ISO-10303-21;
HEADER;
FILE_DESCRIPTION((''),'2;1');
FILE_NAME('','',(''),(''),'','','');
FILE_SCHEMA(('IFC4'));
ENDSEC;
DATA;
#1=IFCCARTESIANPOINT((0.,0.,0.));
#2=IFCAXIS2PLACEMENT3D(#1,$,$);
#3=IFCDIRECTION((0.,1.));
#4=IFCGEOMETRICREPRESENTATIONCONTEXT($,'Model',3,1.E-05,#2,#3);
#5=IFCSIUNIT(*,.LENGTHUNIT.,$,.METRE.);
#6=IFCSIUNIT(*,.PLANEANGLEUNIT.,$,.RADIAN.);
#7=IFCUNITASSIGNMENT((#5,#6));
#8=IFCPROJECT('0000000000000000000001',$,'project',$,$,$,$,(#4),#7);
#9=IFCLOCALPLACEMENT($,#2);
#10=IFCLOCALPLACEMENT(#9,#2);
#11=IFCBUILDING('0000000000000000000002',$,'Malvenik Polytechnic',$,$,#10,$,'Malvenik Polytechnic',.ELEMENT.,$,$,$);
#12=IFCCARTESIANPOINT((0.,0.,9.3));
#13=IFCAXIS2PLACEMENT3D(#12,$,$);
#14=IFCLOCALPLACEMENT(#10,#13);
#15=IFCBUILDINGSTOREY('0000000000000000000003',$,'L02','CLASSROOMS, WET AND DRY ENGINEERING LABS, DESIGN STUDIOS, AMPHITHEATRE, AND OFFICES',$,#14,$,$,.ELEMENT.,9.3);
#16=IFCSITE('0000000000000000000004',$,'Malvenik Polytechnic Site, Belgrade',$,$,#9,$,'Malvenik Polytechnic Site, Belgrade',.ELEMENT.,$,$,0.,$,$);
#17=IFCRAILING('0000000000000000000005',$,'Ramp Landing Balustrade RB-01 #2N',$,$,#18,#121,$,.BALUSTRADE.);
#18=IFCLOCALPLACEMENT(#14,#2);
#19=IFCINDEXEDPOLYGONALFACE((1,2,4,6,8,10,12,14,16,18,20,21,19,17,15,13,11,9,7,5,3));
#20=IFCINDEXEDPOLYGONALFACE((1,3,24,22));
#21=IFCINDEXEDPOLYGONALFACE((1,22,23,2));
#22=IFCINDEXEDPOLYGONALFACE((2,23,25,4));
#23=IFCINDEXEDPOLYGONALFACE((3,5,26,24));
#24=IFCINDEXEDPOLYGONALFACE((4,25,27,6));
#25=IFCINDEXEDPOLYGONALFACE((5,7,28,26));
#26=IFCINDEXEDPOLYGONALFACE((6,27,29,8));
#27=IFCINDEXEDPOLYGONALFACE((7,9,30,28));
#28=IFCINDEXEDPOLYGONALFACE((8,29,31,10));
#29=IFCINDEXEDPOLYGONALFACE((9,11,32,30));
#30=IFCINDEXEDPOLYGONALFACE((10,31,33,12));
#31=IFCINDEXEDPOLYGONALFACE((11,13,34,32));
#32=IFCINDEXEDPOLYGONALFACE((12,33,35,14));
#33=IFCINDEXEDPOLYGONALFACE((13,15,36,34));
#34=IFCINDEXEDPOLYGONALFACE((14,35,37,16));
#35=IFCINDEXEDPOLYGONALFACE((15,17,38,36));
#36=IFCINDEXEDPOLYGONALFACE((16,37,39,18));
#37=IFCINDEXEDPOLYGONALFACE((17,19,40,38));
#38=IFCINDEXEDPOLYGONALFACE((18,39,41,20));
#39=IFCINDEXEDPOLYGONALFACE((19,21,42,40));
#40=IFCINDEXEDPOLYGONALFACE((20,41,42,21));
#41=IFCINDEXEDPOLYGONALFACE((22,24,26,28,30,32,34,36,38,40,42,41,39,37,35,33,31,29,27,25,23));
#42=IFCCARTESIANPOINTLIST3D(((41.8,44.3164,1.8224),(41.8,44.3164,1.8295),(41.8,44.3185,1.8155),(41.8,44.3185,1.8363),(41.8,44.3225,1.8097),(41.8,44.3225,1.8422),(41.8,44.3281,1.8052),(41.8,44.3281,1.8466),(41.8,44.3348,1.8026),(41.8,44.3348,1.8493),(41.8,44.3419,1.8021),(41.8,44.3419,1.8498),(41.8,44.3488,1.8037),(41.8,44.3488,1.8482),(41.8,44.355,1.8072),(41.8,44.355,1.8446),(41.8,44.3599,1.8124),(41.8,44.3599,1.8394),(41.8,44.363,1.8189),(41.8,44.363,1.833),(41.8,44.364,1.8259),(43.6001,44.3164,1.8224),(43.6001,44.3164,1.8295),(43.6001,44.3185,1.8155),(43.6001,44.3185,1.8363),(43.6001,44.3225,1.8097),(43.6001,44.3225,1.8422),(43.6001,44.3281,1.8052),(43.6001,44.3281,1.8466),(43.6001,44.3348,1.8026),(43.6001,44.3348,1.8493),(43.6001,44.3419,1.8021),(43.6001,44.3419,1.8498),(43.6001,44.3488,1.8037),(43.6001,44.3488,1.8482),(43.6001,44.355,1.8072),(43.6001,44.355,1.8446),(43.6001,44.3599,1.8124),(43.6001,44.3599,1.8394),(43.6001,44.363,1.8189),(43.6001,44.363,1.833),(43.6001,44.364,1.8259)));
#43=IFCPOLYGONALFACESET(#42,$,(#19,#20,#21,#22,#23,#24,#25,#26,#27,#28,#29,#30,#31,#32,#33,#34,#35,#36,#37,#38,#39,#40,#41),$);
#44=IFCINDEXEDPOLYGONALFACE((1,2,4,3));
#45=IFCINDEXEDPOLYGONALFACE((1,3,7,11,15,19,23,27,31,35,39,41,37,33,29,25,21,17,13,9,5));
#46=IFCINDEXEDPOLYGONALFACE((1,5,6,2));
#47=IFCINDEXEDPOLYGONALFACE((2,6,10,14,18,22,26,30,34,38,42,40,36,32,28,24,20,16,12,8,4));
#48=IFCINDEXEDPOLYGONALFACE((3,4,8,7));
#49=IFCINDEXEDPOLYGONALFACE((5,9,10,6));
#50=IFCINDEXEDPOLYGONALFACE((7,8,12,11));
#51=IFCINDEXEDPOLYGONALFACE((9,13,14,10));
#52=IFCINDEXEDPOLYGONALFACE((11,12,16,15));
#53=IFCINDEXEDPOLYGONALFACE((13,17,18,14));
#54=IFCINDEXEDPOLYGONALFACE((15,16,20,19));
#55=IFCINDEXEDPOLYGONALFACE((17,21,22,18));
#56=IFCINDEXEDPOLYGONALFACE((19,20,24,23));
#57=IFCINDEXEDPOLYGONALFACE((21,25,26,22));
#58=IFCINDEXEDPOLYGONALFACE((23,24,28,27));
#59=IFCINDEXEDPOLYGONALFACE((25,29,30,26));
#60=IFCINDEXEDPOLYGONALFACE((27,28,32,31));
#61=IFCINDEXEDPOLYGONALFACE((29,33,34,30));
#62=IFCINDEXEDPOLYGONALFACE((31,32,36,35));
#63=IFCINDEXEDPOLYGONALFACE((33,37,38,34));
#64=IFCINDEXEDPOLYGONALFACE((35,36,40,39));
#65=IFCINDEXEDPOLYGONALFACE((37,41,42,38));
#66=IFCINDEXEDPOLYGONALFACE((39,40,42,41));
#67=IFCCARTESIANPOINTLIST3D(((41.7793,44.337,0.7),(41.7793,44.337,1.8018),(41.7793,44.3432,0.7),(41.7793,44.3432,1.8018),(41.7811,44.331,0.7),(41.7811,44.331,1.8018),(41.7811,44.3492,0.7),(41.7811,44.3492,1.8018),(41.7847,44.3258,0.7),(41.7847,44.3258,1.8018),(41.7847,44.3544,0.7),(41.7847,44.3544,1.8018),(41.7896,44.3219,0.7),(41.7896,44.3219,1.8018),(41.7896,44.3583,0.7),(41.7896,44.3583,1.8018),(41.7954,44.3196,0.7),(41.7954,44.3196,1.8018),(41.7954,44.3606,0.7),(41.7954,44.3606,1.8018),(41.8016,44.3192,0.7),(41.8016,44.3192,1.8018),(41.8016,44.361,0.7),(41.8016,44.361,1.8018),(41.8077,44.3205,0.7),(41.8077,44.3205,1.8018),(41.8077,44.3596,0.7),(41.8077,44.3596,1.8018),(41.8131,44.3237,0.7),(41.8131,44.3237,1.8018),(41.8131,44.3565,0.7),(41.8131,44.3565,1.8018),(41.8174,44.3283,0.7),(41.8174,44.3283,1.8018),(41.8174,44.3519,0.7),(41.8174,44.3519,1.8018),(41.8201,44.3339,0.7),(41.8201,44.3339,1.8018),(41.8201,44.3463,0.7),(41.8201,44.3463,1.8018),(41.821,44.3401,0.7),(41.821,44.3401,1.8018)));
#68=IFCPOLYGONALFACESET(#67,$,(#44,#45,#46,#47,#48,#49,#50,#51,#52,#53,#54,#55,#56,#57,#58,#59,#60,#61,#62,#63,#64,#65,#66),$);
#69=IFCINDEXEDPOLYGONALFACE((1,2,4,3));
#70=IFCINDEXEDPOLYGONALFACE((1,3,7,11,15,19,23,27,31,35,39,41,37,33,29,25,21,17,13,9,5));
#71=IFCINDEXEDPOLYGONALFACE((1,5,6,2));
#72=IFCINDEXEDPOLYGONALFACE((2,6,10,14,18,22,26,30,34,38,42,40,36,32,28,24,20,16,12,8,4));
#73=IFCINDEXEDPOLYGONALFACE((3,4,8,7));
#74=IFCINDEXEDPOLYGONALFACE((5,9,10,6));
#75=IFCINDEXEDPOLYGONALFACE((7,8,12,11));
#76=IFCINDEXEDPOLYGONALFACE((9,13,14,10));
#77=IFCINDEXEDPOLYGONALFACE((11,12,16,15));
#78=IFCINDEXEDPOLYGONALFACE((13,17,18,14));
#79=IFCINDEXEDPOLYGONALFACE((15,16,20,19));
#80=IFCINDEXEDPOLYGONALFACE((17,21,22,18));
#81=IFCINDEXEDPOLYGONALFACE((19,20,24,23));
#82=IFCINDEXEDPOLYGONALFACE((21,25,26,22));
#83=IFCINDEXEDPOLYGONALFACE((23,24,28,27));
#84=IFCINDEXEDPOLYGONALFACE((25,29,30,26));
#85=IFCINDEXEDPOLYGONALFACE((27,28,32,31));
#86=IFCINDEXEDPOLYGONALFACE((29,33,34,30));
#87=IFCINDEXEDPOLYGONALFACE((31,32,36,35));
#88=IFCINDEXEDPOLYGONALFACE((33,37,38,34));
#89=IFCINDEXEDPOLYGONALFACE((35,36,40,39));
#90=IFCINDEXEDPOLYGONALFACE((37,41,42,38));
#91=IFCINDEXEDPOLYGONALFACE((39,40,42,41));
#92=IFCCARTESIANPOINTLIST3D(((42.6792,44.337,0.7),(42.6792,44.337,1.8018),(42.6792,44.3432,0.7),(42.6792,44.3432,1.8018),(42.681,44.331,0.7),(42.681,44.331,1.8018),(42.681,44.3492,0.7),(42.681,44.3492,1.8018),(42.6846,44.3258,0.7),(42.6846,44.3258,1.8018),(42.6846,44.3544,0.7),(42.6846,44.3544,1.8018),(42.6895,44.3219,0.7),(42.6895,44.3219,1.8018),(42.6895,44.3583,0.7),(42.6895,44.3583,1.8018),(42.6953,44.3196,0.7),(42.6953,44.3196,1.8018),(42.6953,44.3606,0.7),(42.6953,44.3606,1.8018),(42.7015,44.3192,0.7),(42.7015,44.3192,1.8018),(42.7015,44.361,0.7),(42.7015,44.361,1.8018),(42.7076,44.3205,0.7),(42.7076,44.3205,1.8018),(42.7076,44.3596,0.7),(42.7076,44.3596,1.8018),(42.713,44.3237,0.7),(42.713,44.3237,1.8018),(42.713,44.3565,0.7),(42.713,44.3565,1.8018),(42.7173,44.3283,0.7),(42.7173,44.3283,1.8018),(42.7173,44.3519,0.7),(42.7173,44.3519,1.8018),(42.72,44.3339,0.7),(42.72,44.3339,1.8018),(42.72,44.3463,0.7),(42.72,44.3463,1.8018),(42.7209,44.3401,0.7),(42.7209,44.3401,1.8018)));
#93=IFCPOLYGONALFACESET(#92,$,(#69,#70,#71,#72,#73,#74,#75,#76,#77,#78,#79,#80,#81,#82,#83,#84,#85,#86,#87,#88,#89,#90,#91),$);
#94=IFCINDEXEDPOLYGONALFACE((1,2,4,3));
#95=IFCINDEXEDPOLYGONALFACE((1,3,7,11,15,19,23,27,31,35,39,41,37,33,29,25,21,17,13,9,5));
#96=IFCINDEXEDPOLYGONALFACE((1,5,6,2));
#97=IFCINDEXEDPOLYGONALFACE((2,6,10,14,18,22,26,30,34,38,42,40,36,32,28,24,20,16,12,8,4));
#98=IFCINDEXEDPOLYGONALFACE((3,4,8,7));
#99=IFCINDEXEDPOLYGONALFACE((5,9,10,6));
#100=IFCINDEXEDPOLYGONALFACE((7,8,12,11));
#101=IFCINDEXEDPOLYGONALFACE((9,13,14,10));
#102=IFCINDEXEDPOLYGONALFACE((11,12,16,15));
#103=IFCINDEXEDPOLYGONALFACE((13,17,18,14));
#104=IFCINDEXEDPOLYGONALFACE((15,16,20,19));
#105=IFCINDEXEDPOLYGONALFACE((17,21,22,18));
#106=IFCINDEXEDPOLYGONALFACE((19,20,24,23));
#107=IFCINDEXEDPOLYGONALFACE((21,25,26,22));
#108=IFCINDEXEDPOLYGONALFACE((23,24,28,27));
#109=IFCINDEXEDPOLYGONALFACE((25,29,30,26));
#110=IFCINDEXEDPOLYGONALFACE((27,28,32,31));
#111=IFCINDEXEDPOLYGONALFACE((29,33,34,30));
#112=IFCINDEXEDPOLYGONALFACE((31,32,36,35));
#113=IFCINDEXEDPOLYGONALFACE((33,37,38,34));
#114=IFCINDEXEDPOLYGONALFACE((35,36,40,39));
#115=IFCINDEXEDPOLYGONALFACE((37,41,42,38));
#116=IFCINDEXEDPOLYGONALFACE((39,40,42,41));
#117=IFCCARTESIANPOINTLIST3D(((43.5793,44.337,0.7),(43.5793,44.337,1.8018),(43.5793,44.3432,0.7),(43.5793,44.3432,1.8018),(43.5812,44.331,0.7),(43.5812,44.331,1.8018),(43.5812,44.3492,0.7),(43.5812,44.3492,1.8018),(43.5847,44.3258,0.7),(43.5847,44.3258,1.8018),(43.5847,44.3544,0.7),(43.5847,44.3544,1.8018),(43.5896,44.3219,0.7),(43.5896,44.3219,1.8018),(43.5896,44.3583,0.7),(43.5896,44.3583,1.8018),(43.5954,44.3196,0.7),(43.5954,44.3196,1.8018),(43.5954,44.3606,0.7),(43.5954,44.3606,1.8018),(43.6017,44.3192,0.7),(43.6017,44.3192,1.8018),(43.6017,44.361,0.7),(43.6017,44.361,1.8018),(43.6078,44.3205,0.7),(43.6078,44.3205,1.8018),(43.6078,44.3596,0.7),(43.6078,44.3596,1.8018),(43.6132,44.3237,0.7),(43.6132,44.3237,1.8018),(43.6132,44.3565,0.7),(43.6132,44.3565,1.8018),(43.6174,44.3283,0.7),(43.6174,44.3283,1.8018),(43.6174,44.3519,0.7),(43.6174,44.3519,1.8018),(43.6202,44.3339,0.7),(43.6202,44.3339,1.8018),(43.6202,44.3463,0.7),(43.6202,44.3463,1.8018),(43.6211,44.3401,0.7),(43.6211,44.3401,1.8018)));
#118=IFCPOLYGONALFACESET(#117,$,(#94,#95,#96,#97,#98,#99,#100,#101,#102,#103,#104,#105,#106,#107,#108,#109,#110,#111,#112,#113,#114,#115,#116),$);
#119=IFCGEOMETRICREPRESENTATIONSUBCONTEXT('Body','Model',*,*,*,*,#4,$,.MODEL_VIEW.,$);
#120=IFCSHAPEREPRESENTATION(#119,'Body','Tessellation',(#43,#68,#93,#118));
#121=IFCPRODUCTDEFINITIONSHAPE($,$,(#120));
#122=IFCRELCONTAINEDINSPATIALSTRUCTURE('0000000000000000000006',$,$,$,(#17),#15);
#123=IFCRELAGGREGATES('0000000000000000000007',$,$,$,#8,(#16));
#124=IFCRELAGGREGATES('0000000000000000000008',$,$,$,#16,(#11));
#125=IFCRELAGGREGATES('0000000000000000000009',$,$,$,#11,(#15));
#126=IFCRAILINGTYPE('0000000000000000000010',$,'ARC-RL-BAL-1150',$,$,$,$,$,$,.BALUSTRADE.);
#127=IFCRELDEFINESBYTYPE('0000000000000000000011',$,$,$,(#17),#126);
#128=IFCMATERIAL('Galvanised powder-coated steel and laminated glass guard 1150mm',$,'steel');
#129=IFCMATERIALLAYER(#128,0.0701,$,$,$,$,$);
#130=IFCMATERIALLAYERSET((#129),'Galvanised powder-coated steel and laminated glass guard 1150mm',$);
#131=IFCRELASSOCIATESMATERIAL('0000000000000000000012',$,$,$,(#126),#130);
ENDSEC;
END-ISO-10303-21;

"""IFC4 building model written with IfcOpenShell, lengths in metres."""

from ifc_helpers import new_model, si_unit, direction, frame, origin, origin_2d, place, context, subcontext, project, spatial, circle, extrude, material, layer, layer_set, type_object, element, save


model = new_model("IFC4")

# Units and contexts
model_context = context("Model", 3, precision=1e-05, world=origin(), true_north=direction((0.0, 1.0)))
body_context = subcontext(model_context, "Body", "Model", "MODEL_VIEW")
ifc_project = project(units=[si_unit("LENGTHUNIT", "METRE"), si_unit("PLANEANGLEUNIT", "RADIAN")], contexts=[model_context])

# Site, building, storey
site_placement = place(None, origin())
site = spatial("IfcSite", under=ifc_project, at=site_placement, Name="Malvenik Polytechnic Site, Belgrade", LongName="Malvenik Polytechnic Site, Belgrade", CompositionType="ELEMENT", RefElevation=0.0)
building_placement = place(site_placement, origin())
building = spatial("IfcBuilding", under=site, at=building_placement, Name="Malvenik Polytechnic", LongName="Malvenik Polytechnic", CompositionType="ELEMENT")
storey_placement = place(building_placement, frame((0.0, 0.0, 9.3)))
storey = spatial("IfcBuildingStorey", under=building, at=storey_placement, Name="L02", Description="CLASSROOMS, WET AND DRY ENGINEERING LABS, DESIGN STUDIOS, AMPHITHEATRE, AND OFFICES", CompositionType="ELEMENT", Elevation=9.3)

# Railing
ifc_material_1 = material(Name="Galvanised powder-coated steel and laminated glass guard 1150mm", Category="steel")
ifc_layer_1 = layer(ifc_material_1, 0.0701)
ifc_layer_set_1 = layer_set([ifc_layer_1], Name="Galvanised powder-coated steel and laminated glass guard 1150mm")
railing_type_1 = type_object("IfcRailingType", Name="ARC-RL-BAL-1150", PredefinedType="BALUSTRADE", material=ifc_layer_set_1)
railing_1_placement = place(storey_placement, frame((41.8, 44.3401, 0.7)))
element("IfcRailing", 1, at=railing_1_placement, inside=storey, type_object=railing_type_1, Name="Ramp Landing Balustrade RB-01 #2N", PredefinedType="BALUSTRADE", context=body_context, shape_type="SweptSolid", body=[
    extrude(circle(Radius=0.0239, at=origin_2d()), frame((0.0, 0.0, 1.126), z_axis=(1.0, 0.0, 0.0), x_axis=(0.0, 1.0, 0.0)), (0.0, 0.0, 1.0), 1.8),
    extrude(circle(Radius=0.021, at=origin_2d()), origin(), (0.0, 0.0, 1.0), 1.1018),
    extrude(circle(Radius=0.021, at=origin_2d()), frame((0.8999, 0.0, 0.0)), (0.0, 0.0, 1.0), 1.1018),
    extrude(circle(Radius=0.021, at=origin_2d()), frame((1.8, 0.0, 0.0)), (0.0, 0.0, 1.0), 1.1018),
])

save(model, "model.ifc")
